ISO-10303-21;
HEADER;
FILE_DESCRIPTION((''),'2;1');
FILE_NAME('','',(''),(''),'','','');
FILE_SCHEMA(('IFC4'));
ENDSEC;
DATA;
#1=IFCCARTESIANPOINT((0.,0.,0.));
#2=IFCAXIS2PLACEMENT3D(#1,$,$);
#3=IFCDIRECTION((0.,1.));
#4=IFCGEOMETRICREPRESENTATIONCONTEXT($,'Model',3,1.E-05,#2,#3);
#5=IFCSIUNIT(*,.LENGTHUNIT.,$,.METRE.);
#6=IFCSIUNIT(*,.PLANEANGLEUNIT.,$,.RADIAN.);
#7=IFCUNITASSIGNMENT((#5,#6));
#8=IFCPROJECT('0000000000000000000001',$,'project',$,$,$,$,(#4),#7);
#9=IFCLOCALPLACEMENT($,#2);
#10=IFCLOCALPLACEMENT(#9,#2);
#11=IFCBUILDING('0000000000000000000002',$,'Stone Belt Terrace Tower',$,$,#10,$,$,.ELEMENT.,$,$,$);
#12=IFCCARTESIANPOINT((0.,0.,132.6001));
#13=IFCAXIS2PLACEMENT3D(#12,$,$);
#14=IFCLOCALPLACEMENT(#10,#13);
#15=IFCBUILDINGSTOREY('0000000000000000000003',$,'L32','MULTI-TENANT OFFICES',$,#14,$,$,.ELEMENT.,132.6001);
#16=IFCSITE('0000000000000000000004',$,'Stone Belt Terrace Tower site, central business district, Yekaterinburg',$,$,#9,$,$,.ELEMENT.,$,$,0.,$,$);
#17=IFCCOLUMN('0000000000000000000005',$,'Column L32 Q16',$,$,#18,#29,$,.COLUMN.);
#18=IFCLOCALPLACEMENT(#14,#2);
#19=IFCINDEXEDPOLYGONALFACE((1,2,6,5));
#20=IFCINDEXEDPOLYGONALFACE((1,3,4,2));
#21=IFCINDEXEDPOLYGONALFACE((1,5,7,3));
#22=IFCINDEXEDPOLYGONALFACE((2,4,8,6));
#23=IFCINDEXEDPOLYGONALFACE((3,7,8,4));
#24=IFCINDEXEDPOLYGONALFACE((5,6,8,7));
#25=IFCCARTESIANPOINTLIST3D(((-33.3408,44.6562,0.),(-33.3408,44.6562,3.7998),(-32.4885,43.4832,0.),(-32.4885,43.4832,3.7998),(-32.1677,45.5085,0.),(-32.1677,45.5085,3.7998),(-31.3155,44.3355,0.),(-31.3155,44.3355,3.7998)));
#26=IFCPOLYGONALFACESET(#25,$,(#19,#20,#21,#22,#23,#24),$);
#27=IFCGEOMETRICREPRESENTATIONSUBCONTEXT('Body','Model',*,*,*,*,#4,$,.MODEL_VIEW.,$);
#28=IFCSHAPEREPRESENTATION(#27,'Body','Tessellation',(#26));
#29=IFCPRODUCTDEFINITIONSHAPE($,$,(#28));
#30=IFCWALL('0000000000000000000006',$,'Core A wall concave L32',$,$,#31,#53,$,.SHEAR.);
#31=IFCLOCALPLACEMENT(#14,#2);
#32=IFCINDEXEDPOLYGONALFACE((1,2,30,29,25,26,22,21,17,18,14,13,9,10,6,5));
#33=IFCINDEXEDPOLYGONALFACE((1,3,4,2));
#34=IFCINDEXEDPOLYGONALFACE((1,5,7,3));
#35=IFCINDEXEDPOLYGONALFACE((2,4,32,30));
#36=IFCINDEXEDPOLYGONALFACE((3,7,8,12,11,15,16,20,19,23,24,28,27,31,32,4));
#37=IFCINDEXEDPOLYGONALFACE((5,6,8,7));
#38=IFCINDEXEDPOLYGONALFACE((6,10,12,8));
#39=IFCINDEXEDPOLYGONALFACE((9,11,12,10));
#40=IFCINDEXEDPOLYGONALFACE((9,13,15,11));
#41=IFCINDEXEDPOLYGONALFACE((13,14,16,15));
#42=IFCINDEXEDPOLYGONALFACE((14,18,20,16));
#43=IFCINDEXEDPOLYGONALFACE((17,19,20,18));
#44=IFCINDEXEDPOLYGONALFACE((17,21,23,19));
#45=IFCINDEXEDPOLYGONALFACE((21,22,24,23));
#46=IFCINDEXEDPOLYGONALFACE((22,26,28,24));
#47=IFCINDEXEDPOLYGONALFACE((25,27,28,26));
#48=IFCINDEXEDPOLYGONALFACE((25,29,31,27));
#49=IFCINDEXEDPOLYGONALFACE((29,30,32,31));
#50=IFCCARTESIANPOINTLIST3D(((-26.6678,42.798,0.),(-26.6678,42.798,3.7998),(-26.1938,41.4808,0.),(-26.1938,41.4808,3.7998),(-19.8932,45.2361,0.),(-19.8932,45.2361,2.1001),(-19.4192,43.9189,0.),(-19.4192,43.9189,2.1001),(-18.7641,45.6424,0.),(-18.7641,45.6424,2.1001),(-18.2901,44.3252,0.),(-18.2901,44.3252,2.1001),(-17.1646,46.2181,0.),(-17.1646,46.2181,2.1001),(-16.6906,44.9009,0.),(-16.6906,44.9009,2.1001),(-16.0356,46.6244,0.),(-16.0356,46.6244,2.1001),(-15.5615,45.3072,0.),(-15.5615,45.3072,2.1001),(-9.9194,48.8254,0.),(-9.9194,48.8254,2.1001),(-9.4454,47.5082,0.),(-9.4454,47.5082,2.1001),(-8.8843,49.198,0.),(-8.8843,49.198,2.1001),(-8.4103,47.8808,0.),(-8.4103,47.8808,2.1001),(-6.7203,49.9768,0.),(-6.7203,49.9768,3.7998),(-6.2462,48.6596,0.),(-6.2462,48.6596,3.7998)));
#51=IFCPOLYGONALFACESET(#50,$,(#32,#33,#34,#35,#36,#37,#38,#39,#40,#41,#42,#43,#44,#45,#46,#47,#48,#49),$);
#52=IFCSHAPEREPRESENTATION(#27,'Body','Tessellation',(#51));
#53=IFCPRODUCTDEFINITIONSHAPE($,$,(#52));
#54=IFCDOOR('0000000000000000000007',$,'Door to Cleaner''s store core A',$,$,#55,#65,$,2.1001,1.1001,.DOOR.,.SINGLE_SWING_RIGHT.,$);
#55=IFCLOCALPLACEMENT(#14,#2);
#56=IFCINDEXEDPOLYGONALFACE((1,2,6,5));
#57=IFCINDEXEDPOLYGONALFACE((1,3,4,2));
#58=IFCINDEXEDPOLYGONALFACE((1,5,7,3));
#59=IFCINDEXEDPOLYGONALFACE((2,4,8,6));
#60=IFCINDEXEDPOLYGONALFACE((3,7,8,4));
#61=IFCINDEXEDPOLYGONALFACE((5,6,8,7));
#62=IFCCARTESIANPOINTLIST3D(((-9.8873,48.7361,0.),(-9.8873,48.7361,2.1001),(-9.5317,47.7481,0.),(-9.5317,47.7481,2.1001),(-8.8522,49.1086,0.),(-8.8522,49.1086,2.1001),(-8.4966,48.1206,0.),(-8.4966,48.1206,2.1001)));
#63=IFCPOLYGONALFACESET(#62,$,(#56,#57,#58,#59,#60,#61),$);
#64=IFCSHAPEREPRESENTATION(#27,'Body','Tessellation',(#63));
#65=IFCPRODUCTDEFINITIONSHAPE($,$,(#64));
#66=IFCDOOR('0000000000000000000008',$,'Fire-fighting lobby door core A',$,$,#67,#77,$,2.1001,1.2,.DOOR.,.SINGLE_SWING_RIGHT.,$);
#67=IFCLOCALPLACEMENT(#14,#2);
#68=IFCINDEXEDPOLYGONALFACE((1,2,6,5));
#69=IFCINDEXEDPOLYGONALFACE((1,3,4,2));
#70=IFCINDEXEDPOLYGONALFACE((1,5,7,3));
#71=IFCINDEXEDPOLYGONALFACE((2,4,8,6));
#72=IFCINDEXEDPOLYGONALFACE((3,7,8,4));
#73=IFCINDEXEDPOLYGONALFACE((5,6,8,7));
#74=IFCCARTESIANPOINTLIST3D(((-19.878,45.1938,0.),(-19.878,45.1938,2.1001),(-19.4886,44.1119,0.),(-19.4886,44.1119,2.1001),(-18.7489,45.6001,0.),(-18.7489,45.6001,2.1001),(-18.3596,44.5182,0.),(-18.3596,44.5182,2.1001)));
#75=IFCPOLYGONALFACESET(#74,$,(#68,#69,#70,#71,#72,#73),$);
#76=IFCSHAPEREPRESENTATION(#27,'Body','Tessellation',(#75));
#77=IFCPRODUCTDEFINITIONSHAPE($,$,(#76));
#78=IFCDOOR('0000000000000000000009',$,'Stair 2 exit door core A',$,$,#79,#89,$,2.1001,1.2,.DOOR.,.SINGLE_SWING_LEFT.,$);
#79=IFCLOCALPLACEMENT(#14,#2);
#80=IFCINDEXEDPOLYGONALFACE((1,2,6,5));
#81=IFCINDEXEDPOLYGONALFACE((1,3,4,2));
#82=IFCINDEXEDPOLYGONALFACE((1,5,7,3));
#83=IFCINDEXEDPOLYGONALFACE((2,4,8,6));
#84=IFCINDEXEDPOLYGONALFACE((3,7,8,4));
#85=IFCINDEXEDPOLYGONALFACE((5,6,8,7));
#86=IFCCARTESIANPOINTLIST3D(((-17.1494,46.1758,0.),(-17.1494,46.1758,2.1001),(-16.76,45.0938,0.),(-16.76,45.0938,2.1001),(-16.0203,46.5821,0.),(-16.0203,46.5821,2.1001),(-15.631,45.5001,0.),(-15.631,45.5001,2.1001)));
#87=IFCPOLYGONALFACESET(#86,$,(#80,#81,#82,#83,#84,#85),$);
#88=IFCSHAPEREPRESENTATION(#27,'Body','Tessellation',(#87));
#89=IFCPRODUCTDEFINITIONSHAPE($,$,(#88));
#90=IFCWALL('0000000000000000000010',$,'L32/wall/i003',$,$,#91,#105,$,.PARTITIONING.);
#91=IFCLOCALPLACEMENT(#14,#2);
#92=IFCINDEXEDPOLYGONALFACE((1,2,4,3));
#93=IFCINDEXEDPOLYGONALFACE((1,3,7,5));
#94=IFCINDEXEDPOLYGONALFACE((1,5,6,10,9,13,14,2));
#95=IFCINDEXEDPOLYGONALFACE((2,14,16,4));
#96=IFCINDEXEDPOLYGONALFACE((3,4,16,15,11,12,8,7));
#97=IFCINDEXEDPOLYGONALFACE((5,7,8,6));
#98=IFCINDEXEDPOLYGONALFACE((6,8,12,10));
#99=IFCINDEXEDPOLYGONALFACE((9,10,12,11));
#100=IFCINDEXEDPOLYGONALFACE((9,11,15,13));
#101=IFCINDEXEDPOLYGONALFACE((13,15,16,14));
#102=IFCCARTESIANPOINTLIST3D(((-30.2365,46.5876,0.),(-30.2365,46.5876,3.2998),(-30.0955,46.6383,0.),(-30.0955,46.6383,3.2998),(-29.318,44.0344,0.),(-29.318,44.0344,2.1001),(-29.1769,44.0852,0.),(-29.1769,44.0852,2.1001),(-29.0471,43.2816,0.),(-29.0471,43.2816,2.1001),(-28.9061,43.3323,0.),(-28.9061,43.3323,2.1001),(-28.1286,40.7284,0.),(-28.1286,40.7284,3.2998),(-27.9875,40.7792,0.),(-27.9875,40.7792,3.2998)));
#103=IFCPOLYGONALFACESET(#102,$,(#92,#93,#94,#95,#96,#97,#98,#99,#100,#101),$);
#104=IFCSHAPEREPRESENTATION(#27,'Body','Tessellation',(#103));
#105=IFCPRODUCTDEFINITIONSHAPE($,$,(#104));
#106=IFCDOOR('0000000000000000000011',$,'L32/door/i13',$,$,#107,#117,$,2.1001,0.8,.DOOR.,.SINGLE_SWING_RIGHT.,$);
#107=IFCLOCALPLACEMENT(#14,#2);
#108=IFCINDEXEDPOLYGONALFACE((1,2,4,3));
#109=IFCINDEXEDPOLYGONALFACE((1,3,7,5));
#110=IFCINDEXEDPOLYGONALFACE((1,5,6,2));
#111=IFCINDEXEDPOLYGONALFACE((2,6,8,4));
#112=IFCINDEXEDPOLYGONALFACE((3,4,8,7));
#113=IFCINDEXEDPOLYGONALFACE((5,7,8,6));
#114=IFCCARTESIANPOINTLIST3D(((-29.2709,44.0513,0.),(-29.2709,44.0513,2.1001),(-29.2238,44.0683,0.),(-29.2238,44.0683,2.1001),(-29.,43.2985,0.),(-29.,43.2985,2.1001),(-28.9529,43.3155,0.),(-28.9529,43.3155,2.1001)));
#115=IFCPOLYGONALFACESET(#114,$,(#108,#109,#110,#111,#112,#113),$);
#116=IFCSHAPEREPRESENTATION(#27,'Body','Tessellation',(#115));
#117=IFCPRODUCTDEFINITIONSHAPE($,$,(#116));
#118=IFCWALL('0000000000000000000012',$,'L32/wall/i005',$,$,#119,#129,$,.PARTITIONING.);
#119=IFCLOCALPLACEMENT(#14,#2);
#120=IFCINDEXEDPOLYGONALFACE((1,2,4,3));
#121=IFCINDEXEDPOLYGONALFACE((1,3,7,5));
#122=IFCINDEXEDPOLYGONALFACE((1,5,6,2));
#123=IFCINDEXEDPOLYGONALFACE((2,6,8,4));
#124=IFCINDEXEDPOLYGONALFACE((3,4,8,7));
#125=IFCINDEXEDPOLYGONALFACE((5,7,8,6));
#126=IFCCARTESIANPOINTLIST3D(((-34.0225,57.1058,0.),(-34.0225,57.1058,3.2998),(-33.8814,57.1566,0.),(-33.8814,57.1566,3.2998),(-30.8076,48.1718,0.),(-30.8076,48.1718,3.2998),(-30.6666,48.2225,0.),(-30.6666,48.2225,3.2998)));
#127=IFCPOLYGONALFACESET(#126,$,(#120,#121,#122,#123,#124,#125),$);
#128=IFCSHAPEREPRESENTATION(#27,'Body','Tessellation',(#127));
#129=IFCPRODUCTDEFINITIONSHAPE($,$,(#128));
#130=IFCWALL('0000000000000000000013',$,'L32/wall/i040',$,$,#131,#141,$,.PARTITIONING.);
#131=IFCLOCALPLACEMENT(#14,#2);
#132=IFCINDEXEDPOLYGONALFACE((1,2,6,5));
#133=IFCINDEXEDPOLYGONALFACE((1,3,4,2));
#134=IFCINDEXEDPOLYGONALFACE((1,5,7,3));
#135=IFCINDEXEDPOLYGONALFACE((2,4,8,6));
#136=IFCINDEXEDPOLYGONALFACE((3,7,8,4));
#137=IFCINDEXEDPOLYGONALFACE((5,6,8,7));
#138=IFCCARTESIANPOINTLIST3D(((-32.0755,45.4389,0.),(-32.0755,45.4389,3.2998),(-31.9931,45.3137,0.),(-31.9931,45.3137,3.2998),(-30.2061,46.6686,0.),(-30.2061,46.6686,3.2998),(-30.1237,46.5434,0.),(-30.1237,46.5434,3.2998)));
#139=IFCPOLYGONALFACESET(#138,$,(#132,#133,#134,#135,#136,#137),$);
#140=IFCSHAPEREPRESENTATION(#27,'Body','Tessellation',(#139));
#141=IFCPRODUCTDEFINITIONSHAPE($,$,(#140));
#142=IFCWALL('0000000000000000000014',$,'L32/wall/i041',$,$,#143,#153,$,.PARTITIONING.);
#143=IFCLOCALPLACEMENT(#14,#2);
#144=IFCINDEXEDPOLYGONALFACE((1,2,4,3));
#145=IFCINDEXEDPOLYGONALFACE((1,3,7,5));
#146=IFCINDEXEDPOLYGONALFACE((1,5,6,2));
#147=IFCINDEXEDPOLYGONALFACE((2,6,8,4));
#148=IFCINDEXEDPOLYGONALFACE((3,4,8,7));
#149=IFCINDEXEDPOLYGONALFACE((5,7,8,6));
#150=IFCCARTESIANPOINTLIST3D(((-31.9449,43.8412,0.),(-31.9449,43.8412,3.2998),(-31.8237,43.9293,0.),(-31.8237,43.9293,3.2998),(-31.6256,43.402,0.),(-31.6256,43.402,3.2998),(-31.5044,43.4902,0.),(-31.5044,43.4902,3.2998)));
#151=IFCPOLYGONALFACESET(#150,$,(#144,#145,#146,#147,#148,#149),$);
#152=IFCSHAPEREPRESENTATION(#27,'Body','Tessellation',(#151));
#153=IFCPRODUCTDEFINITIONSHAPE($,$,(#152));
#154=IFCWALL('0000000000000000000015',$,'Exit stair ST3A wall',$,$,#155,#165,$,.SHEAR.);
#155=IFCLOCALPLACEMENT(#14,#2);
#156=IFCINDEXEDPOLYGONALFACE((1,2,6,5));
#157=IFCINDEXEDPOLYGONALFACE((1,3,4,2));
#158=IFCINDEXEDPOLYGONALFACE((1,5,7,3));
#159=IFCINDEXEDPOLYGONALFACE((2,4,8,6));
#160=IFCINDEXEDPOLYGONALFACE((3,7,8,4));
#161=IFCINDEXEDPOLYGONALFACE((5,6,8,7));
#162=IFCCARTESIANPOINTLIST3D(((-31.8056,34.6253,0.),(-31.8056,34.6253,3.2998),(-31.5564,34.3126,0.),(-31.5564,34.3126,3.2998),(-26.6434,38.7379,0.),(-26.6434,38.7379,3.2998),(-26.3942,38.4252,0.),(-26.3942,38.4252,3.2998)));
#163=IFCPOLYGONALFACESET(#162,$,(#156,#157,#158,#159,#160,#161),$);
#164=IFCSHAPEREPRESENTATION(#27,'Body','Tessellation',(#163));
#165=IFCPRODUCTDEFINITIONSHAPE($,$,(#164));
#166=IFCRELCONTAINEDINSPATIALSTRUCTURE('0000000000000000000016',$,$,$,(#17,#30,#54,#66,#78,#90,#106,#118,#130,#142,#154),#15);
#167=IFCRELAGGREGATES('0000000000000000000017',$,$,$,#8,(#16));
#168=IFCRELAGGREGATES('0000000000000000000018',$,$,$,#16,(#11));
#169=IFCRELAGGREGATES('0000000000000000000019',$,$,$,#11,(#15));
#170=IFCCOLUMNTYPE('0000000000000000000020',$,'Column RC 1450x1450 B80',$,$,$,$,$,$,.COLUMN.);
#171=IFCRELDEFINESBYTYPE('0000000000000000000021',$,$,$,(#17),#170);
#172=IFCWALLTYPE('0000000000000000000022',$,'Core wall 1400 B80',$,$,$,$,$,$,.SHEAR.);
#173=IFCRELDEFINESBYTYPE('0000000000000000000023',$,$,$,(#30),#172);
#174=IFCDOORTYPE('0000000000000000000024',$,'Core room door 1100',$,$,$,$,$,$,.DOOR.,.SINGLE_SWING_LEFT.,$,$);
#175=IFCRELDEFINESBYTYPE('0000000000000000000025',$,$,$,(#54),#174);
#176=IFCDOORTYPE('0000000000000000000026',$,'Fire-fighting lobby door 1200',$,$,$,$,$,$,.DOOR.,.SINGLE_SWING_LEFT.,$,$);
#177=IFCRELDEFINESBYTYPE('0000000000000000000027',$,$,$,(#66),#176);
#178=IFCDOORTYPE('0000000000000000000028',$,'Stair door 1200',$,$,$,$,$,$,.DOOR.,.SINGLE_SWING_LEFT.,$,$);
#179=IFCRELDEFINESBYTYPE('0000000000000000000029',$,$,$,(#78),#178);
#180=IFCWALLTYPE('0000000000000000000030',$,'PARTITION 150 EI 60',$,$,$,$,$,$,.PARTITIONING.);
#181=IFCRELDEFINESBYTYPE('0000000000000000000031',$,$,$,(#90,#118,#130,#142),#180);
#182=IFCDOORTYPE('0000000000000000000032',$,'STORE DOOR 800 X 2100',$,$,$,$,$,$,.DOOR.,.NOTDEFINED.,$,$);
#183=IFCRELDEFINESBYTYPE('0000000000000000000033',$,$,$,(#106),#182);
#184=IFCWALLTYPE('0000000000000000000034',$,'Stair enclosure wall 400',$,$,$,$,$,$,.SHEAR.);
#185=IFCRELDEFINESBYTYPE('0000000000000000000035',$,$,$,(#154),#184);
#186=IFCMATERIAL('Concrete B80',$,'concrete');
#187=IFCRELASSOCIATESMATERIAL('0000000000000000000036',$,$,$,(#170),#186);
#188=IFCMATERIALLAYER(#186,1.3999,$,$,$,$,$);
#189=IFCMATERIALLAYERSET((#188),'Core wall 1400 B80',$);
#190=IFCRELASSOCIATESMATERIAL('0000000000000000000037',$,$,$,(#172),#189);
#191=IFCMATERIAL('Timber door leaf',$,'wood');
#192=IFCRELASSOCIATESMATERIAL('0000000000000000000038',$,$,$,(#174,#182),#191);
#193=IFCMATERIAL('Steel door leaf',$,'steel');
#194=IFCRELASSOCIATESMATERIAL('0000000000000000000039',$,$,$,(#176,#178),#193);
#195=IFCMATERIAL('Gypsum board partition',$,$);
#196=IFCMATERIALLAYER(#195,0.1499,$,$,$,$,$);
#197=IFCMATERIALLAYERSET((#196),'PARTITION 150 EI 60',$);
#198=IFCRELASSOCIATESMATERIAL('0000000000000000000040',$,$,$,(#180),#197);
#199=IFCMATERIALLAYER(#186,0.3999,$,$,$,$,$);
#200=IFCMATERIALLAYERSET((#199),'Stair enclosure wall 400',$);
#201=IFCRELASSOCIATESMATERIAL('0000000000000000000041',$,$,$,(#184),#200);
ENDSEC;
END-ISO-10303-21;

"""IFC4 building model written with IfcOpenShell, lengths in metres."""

from ifc_helpers import new_model, si_unit, direction, frame, frame_2d, origin, origin_2d, place, context, subcontext, project, spatial, rectangle, extrude, material, layer, layer_set, material_profile, profile_set, type_object, element, fill, save


model = new_model("IFC4")

# Units and contexts
model_context = context("Model", 3, precision=1e-05, world=origin(), true_north=direction((0.0, 1.0)))
body_context = subcontext(model_context, "Body", "Model", "MODEL_VIEW")
ifc_project = project(units=[si_unit("LENGTHUNIT", "METRE"), si_unit("PLANEANGLEUNIT", "RADIAN")], contexts=[model_context])

# Site, building, storey
site_placement = place(None, origin())
site = spatial("IfcSite", under=ifc_project, at=site_placement, Name="Stone Belt Terrace Tower site, central business district, Yekaterinburg", CompositionType="ELEMENT", RefElevation=0.0)
building_placement = place(site_placement, origin())
building = spatial("IfcBuilding", under=site, at=building_placement, Name="Stone Belt Terrace Tower", CompositionType="ELEMENT")
storey_placement = place(building_placement, frame((0.0, 0.0, 132.6001)))
storey = spatial("IfcBuildingStorey", under=building, at=storey_placement, Name="L32", Description="MULTI-TENANT OFFICES", CompositionType="ELEMENT", Elevation=132.6001)

# Column
ifc_material_1 = material(Name="Concrete B80", Category="concrete")
ifc_material_profile = material_profile(ifc_material_1, rectangle(XDim=1.45, YDim=1.45, at=origin_2d()), Name="RC 1450x1450")
ifc_profile_set = profile_set([ifc_material_profile], Name="Concrete B80")
column_type = type_object("IfcColumnType", Name="Column RC 1450x1450 B80", PredefinedType="COLUMN", material=ifc_profile_set)
column_placement = place(storey_placement, frame((-32.3281, 44.4958, 0.0), z_axis=(0.0, 0.0, 1.0), x_axis=(0.809017, 0.587785, 0.0)))
element("IfcColumn", 1, at=column_placement, inside=storey, type_object=column_type, Name="Column L32 Q16", PredefinedType="COLUMN", context=body_context, shape_type="SweptSolid", body=[
    extrude(rectangle(XDim=1.45, YDim=1.45, at=origin_2d()), origin(), (0.0, 0.0, 1.0), 3.7998),
])

# Wall, openings, doors
ifc_layer_1 = layer(ifc_material_1, 1.3999)
ifc_layer_set_1 = layer_set([ifc_layer_1], Name="Core wall 1400 B80")
wall_type_1 = type_object("IfcWallType", Name="Core wall 1400 B80", PredefinedType="SHEAR", material=ifc_layer_set_1)
wall_1_placement = place(storey_placement, frame((-26.4309, 42.1394, 0.0), z_axis=(0.0, 0.0, 1.0), x_axis=(0.940923, 0.33862, 0.0)))
wall_1 = element("IfcWall", 2, at=wall_1_placement, inside=storey, type_object=wall_type_1, Name="Core A wall concave L32", PredefinedType="SHEAR", context=body_context, shape_type="SweptSolid", body=[
    extrude(rectangle(XDim=21.2, YDim=1.3999, at=frame_2d((10.6001, 0.0))), origin(), (0.0, 0.0, 1.0), 3.7998),
])
opening_1_placement = place(wall_1_placement, frame((7.2, 0.0, 0.0)))
opening_1 = element("IfcOpeningElement", 3, at=opening_1_placement, cuts=wall_1, PredefinedType="OPENING", context=body_context, shape_type="SweptSolid", body=[
    extrude(rectangle(XDim=1.2, YDim=2.1001, at=frame_2d((0.6001, 1.05))), frame((0.0, 0.71, 0.0), z_axis=(0.0, -1.0, 0.0), x_axis=(1.0, 0.0, 0.0)), (0.0, 0.0, 1.0), 1.4199),
])
opening_2_placement = place(wall_1_placement, frame((10.0999, 0.0, 0.0)))
opening_2 = element("IfcOpeningElement", 4, at=opening_2_placement, cuts=wall_1, PredefinedType="OPENING", context=body_context, shape_type="SweptSolid", body=[
    extrude(rectangle(XDim=1.2, YDim=2.1001, at=frame_2d((0.6001, 1.05))), frame((0.0, 0.71, 0.0), z_axis=(0.0, -1.0, 0.0), x_axis=(1.0, 0.0, 0.0)), (0.0, 0.0, 1.0), 1.4199),
])
opening_3_placement = place(wall_1_placement, frame((17.8, 0.0, 0.0)))
opening_3 = element("IfcOpeningElement", 5, at=opening_3_placement, cuts=wall_1, PredefinedType="OPENING", context=body_context, shape_type="SweptSolid", body=[
    extrude(rectangle(XDim=1.1001, YDim=2.1001, at=frame_2d((0.55, 1.05))), frame((0.0, 0.71, 0.0), z_axis=(0.0, -1.0, 0.0), x_axis=(1.0, 0.0, 0.0)), (0.0, 0.0, 1.0), 1.4199),
])
ifc_material_2 = material(Name="Timber door leaf", Category="wood")
door_type_1 = type_object("IfcDoorType", Name="Core room door 1100", OperationType="SINGLE_SWING_LEFT", PredefinedType="DOOR", material=ifc_material_2)
door_1_placement = place(opening_3_placement, origin())
door_1 = element("IfcDoor", 6, at=door_1_placement, inside=storey, type_object=door_type_1, Name="Door to Cleaner's store core A", OperationType="SINGLE_SWING_RIGHT", OverallHeight=2.1001, OverallWidth=1.1001, PredefinedType="DOOR", context=body_context, shape_type="SweptSolid", body=[
    extrude(rectangle(XDim=1.1001, YDim=2.1001, at=frame_2d((0.55, 1.05))), frame((0.0, 0.605, 0.0), z_axis=(0.0, -1.0, 0.0), x_axis=(1.0, 0.0, 0.0)), (0.0, 0.0, 1.0), 1.05),
])
fill(opening_3, door_1)
ifc_material_3 = material(Name="Steel door leaf", Category="steel")
door_type_2 = type_object("IfcDoorType", Name="Fire-fighting lobby door 1200", OperationType="SINGLE_SWING_LEFT", PredefinedType="DOOR", material=ifc_material_3)
door_2_placement = place(opening_1_placement, origin())
door_2 = element("IfcDoor", 7, at=door_2_placement, inside=storey, type_object=door_type_2, Name="Fire-fighting lobby door core A", OperationType="SINGLE_SWING_RIGHT", OverallHeight=2.1001, OverallWidth=1.2, PredefinedType="DOOR", context=body_context, shape_type="SweptSolid", body=[
    extrude(rectangle(XDim=1.2, YDim=2.1001, at=frame_2d((0.6001, 1.05))), frame((0.0, 0.655, 0.0), z_axis=(0.0, -1.0, 0.0), x_axis=(1.0, 0.0, 0.0)), (0.0, 0.0, 1.0), 1.1499),
])
fill(opening_1, door_2)
door_type_3 = type_object("IfcDoorType", Name="Stair door 1200", OperationType="SINGLE_SWING_LEFT", PredefinedType="DOOR", material=ifc_material_3)
door_3_placement = place(opening_2_placement, origin())
door_3 = element("IfcDoor", 8, at=door_3_placement, inside=storey, type_object=door_type_3, Name="Stair 2 exit door core A", OperationType="SINGLE_SWING_LEFT", OverallHeight=2.1001, OverallWidth=1.2, PredefinedType="DOOR", context=body_context, shape_type="SweptSolid", body=[
    extrude(rectangle(XDim=1.2, YDim=2.1001, at=frame_2d((0.6001, 1.05))), frame((0.0, 0.655, 0.0), z_axis=(0.0, -1.0, 0.0), x_axis=(1.0, 0.0, 0.0)), (0.0, 0.0, 1.0), 1.1499),
])
fill(opening_2, door_3)

# Wall, opening, door
ifc_material_4 = material(Name="Gypsum board partition")
ifc_layer_2 = layer(ifc_material_4, 0.1499)
ifc_layer_set_2 = layer_set([ifc_layer_2], Name="PARTITION 150 EI 60")
wall_type_2 = type_object("IfcWallType", Name="PARTITION 150 EI 60", PredefinedType="PARTITIONING", material=ifc_layer_set_2)
wall_2_placement = place(storey_placement, frame((-28.0581, 40.7539, 0.0), z_axis=(0.0, 0.0, 1.0), x_axis=(-0.338524, 0.940958, 0.0)))
wall_2 = element("IfcWall", 9, at=wall_2_placement, inside=storey, type_object=wall_type_2, Name="L32/wall/i003", PredefinedType="PARTITIONING", context=body_context, shape_type="SweptSolid", body=[
    extrude(rectangle(XDim=6.2268, YDim=0.1499, at=frame_2d((3.1133, 0.0))), origin(), (0.0, 0.0, 1.0), 3.2998),
])
opening_4_placement = place(wall_2_placement, frame((2.7134, 0.0, 0.0)))
opening_4 = element("IfcOpeningElement", 10, at=opening_4_placement, cuts=wall_2, PredefinedType="OPENING", context=body_context, shape_type="SweptSolid", body=[
    extrude(rectangle(XDim=0.8, YDim=2.1001, at=frame_2d((0.3999, 1.05))), frame((0.0, 0.085, 0.0), z_axis=(0.0, -1.0, 0.0), x_axis=(1.0, 0.0, 0.0)), (0.0, 0.0, 1.0), 0.1699),
])
door_type_4 = type_object("IfcDoorType", Name="STORE DOOR 800 X 2100", OperationType="NOTDEFINED", PredefinedType="DOOR", material=ifc_material_2)
door_4_placement = place(opening_4_placement, origin())
door_4 = element("IfcDoor", 11, at=door_4_placement, inside=storey, type_object=door_type_4, Name="L32/door/i13", OperationType="SINGLE_SWING_RIGHT", OverallHeight=2.1001, OverallWidth=0.8, PredefinedType="DOOR", context=body_context, shape_type="SweptSolid", body=[
    extrude(rectangle(XDim=0.8, YDim=2.1001, at=frame_2d((0.3999, 1.05))), frame((0.0, 0.0249, 0.0), z_axis=(0.0, -1.0, 0.0), x_axis=(1.0, 0.0, 0.0)), (0.0, 0.0, 1.0), 0.05),
])
fill(opening_4, door_4)

# Walls
wall_3_placement = place(storey_placement, frame((-30.7371, 48.197, 0.0), z_axis=(0.0, 0.0, 1.0), x_axis=(-0.338587, 0.940935, 0.0)))
element("IfcWall", 12, at=wall_3_placement, inside=storey, type_object=wall_type_2, Name="L32/wall/i005", PredefinedType="PARTITIONING", context=body_context, shape_type="SweptSolid", body=[
    extrude(rectangle(XDim=9.4949, YDim=0.1499, at=frame_2d((4.7476, 0.0))), origin(), (0.0, 0.0, 1.0), 3.2998),
])
wall_4_placement = place(storey_placement, frame((-30.165, 46.606, 0.0), z_axis=(0.0, 0.0, 1.0), x_axis=(-0.835442, -0.549578, 0.0)))
element("IfcWall", 13, at=wall_4_placement, inside=storey, type_object=wall_type_2, Name="L32/wall/i040", PredefinedType="PARTITIONING", context=body_context, shape_type="SweptSolid", body=[
    extrude(rectangle(XDim=2.2375, YDim=0.1499, at=frame_2d((1.1187, 0.0))), origin(), (0.0, 0.0, 1.0), 3.2998),
])
wall_5_placement = place(storey_placement, frame((-31.8843, 43.8853, 0.0), z_axis=(0.0, 0.0, 1.0), x_axis=(0.588065, -0.808814, 0.0)))
element("IfcWall", 14, at=wall_5_placement, inside=storey, type_object=wall_type_2, Name="L32/wall/i041", PredefinedType="PARTITIONING", context=body_context, shape_type="SweptSolid", body=[
    extrude(rectangle(XDim=0.543, YDim=0.1499, at=frame_2d((0.2715, 0.0))), origin(), (0.0, 0.0, 1.0), 3.2998),
])
ifc_layer_3 = layer(ifc_material_1, 0.3999)
ifc_layer_set_3 = layer_set([ifc_layer_3], Name="Stair enclosure wall 400")
wall_type_3 = type_object("IfcWallType", Name="Stair enclosure wall 400", PredefinedType="SHEAR", material=ifc_layer_set_3)
for number, where, z_axis, x_axis, name in (
    (15, (-26.5188, 38.5815, 0.0), (0.0, 0.0, 1.0), (-0.782134, -0.62311, 0.0), "Exit stair ST3A wall"),
):
    element("IfcWall", number, at=place(storey_placement, frame(where, z_axis=z_axis, x_axis=x_axis)), inside=storey, type_object=wall_type_3, Name=name, PredefinedType="SHEAR", context=body_context, shape_type="SweptSolid", body=[
        extrude(rectangle(XDim=6.6001, YDim=0.3999, at=frame_2d((3.3, 0.0))), origin(), (0.0, 0.0, 1.0), 3.2998),
    ])

save(model, "model.ifc")
